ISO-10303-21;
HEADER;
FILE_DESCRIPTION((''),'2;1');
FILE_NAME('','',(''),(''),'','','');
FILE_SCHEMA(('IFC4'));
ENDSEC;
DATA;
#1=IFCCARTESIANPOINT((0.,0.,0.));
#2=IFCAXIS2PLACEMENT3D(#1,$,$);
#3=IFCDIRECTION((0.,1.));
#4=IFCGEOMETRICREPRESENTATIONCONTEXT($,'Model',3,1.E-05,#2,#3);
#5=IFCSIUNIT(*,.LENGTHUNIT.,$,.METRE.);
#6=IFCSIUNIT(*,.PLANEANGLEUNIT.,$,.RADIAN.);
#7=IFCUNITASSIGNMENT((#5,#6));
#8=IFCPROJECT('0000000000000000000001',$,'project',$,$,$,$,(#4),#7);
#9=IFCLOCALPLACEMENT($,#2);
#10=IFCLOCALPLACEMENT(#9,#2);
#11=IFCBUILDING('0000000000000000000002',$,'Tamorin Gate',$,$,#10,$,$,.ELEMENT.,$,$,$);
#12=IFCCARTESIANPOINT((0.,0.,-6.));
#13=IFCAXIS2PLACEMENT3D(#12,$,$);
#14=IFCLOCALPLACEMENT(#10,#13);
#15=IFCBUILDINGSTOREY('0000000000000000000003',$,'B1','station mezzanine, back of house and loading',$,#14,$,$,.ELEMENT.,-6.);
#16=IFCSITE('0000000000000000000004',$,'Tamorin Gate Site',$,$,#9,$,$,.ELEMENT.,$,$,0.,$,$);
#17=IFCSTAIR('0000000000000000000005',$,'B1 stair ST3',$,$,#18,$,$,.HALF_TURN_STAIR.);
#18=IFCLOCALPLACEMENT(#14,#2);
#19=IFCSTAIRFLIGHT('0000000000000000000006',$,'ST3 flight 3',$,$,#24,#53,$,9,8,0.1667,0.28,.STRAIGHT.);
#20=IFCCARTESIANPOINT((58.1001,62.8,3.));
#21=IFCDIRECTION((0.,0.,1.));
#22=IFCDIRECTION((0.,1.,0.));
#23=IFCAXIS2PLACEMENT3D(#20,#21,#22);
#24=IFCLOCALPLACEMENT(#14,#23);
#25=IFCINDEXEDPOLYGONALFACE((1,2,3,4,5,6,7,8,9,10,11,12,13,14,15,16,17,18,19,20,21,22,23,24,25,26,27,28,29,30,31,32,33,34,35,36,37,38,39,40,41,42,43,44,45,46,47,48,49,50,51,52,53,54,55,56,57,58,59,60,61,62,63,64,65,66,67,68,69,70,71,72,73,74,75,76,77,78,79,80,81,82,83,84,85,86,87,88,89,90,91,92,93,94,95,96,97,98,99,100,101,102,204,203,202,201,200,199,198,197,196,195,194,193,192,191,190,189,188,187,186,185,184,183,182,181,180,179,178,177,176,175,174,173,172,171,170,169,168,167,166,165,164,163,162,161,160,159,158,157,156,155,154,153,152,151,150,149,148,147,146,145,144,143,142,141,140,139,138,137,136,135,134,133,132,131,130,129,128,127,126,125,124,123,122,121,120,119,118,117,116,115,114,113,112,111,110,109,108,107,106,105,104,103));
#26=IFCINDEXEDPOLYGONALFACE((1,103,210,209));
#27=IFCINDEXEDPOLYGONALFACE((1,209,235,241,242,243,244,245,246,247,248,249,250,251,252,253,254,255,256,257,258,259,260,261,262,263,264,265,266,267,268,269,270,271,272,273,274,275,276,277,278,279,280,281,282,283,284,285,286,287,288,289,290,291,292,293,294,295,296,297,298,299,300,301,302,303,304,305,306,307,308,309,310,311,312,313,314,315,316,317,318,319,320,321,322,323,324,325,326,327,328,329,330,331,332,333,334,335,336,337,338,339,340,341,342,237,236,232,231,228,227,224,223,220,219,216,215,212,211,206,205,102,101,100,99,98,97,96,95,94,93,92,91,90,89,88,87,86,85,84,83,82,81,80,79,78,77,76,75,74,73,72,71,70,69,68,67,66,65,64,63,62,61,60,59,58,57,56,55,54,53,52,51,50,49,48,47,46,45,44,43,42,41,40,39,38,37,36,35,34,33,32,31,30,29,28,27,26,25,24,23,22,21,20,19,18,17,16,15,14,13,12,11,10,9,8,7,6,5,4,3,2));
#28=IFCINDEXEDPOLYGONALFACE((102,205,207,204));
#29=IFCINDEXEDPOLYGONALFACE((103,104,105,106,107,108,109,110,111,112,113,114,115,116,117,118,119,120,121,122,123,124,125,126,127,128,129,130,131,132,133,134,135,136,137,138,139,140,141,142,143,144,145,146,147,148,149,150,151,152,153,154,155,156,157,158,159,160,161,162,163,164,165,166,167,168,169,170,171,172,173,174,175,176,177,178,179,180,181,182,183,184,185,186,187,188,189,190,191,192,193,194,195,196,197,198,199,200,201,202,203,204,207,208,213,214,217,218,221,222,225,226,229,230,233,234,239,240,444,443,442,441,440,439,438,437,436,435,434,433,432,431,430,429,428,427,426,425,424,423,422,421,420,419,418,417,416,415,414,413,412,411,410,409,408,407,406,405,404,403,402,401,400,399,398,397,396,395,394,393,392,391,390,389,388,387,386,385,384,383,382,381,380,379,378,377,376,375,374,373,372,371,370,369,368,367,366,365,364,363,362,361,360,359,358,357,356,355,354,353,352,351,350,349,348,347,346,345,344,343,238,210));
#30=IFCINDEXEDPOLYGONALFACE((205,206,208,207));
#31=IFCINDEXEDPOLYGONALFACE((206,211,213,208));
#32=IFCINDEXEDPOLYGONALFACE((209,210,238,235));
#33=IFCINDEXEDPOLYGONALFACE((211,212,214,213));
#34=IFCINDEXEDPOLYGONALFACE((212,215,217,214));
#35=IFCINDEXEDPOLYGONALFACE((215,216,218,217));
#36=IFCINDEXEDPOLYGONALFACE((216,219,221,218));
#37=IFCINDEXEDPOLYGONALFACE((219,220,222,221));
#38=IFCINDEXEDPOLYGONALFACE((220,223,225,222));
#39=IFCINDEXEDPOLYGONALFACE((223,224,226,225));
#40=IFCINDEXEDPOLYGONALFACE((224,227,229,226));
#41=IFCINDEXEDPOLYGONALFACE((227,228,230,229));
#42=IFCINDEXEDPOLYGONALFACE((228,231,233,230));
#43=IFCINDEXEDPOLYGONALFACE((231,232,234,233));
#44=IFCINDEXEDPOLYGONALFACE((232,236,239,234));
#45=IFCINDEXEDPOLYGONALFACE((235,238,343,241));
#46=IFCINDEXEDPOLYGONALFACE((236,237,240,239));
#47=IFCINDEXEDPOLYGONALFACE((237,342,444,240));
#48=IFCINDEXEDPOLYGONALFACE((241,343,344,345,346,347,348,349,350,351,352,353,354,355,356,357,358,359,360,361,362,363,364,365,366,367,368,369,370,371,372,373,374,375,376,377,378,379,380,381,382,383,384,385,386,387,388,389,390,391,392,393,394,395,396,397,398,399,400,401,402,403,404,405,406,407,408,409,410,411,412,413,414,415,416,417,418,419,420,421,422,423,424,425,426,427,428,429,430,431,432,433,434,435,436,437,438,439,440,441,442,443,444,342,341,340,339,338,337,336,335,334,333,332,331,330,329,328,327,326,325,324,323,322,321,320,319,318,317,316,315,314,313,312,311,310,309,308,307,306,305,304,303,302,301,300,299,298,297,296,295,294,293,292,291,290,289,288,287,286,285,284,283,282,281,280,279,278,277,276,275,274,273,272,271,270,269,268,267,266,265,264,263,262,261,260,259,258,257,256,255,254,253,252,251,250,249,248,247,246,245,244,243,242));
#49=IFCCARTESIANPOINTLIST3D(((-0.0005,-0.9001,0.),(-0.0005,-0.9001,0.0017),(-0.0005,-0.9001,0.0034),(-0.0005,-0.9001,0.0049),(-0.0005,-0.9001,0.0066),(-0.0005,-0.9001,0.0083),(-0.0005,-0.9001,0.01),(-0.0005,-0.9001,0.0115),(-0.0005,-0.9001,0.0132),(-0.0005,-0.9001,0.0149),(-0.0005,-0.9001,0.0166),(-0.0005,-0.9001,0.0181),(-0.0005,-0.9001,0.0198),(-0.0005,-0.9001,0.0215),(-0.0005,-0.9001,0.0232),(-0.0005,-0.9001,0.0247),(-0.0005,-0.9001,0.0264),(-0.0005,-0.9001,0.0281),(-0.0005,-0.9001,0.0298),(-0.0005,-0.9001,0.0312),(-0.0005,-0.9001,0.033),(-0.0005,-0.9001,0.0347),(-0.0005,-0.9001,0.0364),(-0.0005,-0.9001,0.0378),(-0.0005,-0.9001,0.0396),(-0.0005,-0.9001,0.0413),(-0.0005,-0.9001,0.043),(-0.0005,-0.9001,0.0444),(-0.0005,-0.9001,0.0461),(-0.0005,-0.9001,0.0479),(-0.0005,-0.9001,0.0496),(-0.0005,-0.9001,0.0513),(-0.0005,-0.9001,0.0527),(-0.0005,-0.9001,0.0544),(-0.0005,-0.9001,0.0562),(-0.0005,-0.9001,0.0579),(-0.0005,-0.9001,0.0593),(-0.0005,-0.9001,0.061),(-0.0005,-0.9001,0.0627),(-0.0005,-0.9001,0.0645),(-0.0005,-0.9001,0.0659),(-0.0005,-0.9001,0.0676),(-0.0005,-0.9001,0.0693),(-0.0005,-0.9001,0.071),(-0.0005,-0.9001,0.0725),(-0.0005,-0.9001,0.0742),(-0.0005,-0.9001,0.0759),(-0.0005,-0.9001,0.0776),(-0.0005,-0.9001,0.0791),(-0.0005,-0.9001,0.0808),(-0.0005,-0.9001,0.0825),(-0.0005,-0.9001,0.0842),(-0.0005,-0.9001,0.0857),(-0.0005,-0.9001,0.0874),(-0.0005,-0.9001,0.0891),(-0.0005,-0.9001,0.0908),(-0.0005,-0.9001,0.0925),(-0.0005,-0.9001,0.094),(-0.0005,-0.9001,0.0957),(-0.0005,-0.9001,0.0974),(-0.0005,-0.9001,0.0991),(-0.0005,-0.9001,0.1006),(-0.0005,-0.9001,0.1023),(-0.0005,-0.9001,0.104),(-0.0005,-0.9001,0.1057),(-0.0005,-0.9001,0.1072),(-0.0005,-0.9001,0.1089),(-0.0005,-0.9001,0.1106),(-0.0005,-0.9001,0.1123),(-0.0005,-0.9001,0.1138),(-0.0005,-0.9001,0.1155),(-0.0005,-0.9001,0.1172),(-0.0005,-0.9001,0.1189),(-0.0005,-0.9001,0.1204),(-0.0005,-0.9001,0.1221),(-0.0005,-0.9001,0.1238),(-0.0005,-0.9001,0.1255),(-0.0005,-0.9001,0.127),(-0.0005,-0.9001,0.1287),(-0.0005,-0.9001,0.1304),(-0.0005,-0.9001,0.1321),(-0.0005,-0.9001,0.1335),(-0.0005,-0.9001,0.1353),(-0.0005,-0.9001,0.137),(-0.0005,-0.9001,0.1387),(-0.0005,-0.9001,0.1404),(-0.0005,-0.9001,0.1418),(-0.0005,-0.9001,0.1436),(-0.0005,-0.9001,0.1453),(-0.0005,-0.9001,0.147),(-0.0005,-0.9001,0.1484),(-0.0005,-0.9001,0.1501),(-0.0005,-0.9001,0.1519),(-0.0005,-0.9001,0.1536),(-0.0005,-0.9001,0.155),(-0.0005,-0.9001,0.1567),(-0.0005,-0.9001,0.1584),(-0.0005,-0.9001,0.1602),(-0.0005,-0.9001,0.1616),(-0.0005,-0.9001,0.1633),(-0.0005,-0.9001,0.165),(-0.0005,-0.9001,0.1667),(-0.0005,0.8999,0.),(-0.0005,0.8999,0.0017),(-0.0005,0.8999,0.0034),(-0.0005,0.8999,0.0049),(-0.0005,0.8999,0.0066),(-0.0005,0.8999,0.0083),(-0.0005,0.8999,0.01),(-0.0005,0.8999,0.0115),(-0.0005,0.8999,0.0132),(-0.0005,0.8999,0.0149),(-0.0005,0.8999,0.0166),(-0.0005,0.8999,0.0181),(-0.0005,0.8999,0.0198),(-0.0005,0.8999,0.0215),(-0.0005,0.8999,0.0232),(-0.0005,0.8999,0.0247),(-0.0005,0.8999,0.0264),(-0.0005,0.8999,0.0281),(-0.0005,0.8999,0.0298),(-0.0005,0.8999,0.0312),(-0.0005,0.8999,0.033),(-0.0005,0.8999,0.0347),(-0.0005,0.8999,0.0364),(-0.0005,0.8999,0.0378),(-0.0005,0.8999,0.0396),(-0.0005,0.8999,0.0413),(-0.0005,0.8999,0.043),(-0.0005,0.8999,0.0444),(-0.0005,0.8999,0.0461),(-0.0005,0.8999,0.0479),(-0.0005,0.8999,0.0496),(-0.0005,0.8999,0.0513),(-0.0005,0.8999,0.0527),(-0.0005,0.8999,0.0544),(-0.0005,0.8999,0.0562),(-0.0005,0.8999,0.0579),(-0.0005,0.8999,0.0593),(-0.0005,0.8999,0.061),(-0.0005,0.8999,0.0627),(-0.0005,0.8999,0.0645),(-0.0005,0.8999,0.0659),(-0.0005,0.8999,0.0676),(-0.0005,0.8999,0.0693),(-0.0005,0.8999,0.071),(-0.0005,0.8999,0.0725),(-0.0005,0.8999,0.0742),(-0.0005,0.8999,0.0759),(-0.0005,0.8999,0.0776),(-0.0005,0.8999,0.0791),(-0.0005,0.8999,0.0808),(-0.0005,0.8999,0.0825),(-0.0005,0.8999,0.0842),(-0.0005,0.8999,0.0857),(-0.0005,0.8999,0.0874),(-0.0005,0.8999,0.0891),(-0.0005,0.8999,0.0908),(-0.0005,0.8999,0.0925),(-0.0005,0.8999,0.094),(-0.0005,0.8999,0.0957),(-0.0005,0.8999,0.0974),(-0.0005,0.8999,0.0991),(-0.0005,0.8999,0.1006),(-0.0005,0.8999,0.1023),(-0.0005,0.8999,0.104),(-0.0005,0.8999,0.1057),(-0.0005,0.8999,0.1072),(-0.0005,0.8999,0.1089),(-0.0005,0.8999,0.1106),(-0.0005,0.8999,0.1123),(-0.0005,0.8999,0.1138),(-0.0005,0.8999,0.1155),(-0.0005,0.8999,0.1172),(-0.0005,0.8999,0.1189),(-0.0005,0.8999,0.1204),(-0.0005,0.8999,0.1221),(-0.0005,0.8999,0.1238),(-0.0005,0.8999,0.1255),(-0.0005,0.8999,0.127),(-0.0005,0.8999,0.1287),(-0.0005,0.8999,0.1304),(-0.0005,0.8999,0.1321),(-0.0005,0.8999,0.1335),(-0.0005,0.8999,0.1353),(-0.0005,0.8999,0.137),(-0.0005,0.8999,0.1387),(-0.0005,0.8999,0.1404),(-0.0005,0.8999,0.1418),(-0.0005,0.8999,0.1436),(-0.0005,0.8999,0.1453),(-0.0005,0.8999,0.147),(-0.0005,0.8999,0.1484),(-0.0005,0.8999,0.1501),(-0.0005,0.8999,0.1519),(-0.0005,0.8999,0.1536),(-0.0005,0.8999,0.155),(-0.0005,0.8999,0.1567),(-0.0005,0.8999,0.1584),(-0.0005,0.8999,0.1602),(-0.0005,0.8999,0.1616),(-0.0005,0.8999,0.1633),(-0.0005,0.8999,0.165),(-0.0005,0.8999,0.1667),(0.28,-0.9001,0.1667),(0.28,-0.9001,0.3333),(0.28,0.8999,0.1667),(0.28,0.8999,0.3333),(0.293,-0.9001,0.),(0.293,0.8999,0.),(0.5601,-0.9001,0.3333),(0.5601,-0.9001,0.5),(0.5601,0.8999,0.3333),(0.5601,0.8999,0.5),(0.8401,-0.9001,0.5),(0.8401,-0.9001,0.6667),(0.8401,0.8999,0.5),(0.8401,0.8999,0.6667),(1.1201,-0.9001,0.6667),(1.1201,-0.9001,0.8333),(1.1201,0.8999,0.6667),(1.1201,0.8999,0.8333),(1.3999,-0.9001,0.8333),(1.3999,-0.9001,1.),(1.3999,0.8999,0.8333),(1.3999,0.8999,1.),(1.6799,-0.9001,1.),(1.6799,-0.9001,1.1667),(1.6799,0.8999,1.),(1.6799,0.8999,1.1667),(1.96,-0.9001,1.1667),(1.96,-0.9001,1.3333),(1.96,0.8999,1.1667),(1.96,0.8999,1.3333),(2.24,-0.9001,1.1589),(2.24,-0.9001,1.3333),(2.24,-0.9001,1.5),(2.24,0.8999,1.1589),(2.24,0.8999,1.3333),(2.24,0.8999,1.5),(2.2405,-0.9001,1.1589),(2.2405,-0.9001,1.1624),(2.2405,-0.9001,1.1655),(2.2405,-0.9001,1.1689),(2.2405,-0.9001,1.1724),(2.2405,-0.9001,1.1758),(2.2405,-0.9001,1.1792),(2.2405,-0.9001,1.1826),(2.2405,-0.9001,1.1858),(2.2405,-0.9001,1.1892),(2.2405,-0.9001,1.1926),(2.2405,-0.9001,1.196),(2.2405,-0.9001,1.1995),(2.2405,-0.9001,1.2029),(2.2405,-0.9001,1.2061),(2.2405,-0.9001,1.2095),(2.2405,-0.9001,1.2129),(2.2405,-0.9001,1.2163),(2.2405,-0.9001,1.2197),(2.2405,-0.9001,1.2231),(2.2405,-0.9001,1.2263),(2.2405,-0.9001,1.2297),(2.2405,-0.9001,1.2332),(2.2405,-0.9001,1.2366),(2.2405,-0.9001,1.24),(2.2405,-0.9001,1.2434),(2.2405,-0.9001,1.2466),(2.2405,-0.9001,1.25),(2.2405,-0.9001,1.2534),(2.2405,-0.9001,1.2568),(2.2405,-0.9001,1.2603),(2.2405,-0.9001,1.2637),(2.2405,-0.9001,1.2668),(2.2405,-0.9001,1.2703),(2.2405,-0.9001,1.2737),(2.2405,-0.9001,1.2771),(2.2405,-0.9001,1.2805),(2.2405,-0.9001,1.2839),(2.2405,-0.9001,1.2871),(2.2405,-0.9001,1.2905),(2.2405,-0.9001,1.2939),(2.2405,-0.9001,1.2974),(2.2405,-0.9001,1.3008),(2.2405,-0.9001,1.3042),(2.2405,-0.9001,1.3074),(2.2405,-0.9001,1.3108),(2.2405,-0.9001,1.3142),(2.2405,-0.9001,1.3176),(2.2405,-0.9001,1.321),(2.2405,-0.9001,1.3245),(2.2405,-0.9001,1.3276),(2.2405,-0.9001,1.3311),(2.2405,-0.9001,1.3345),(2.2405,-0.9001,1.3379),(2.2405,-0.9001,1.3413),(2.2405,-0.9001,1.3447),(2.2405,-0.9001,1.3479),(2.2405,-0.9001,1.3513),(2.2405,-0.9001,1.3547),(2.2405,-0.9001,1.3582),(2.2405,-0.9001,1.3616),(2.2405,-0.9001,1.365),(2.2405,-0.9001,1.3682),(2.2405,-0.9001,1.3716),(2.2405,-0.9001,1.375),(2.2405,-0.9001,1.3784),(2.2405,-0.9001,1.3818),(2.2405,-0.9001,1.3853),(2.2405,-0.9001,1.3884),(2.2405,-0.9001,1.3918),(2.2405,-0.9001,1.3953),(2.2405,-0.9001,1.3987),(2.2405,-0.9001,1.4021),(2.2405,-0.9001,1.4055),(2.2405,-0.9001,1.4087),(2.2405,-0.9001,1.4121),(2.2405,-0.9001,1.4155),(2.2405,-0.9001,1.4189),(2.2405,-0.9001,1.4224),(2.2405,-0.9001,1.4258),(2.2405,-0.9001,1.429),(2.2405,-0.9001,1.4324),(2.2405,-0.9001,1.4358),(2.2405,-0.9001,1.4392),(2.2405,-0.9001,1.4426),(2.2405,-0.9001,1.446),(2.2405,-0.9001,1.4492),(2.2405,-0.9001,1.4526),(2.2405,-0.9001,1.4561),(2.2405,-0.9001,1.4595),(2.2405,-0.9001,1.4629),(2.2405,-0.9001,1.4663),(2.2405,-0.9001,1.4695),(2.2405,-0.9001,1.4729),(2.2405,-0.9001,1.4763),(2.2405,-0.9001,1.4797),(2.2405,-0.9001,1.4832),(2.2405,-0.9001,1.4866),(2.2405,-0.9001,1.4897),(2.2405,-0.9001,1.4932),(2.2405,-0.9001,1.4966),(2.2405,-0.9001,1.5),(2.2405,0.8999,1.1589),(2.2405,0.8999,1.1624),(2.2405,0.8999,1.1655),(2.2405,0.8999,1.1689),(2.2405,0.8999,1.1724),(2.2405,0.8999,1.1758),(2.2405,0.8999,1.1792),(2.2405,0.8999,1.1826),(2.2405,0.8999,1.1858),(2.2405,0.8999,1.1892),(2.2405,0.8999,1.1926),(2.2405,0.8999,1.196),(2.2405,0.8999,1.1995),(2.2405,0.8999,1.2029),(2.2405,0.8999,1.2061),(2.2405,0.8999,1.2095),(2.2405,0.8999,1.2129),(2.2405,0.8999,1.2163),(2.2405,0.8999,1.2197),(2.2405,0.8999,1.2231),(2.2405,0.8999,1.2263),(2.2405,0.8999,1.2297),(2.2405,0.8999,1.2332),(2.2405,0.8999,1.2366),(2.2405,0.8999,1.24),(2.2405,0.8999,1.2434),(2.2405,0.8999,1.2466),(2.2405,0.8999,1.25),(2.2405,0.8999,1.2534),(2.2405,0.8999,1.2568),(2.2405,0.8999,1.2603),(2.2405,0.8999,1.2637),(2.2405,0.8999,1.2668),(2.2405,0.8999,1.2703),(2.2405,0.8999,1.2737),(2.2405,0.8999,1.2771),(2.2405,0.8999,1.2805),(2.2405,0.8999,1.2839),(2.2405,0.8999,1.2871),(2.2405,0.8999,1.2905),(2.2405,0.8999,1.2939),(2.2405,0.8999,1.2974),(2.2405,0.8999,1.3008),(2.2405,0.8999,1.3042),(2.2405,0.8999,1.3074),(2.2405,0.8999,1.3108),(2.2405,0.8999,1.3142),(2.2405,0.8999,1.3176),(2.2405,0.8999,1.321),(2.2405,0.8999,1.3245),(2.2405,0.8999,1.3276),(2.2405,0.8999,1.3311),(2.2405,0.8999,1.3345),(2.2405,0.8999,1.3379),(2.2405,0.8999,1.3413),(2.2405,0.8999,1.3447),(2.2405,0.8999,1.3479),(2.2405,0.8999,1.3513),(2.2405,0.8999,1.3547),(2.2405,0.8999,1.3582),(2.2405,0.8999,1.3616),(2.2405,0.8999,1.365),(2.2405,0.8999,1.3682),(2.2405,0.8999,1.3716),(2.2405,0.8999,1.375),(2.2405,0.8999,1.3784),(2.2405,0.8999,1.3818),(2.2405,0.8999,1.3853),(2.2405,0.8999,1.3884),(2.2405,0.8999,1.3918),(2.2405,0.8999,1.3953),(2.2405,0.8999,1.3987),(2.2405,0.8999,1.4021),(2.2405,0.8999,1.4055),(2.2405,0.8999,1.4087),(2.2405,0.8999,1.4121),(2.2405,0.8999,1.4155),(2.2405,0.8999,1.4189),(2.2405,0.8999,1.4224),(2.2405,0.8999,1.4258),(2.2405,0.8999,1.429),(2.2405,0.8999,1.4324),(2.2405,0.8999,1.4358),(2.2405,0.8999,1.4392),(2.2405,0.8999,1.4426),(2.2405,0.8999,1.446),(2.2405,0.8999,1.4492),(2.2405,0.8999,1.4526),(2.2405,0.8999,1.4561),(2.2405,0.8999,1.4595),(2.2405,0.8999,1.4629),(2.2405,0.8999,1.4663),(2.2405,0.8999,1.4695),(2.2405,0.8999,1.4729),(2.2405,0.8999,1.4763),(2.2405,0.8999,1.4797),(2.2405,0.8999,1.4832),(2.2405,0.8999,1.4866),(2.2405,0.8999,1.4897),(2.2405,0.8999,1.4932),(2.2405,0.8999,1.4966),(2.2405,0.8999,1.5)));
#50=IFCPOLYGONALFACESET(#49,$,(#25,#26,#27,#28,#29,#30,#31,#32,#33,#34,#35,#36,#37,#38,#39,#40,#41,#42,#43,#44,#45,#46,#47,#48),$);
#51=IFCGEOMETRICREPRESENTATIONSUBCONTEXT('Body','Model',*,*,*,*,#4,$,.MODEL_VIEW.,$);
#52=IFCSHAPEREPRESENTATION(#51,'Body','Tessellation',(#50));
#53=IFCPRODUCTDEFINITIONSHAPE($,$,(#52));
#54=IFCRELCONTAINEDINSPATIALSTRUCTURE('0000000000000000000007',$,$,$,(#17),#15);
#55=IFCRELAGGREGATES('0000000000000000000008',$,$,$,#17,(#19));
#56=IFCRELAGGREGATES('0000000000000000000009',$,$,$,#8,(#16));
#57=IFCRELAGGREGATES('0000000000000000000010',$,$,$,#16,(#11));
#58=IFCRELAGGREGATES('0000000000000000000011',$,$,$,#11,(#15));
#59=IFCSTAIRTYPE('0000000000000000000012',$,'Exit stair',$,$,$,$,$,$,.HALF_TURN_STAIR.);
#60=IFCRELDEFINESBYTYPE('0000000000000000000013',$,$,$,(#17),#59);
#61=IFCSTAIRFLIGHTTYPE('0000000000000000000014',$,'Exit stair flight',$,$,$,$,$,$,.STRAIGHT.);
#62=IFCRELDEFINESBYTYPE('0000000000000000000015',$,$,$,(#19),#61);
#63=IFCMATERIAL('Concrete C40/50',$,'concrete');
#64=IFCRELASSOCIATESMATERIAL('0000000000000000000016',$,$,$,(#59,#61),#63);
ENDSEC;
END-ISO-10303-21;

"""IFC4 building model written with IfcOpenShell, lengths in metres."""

from ifc_helpers import new_model, si_unit, direction, frame, origin, place, context, subcontext, project, spatial, polyline, outline, extrude, material, type_object, element, aggregate, save


model = new_model("IFC4")

# Units and contexts
model_context = context("Model", 3, precision=1e-05, world=origin(), true_north=direction((0.0, 1.0)))
body_context = subcontext(model_context, "Body", "Model", "MODEL_VIEW")
ifc_project = project(units=[si_unit("LENGTHUNIT", "METRE"), si_unit("PLANEANGLEUNIT", "RADIAN")], contexts=[model_context])

# Site, building, storey
site_placement = place(None, origin())
site = spatial("IfcSite", under=ifc_project, at=site_placement, Name="Tamorin Gate Site", CompositionType="ELEMENT", RefElevation=0.0)
building_placement = place(site_placement, origin())
building = spatial("IfcBuilding", under=site, at=building_placement, Name="Tamorin Gate", CompositionType="ELEMENT")
storey_placement = place(building_placement, frame((0.0, 0.0, -6.0)))
storey = spatial("IfcBuildingStorey", under=building, at=storey_placement, Name="B1", Description="station mezzanine, back of house and loading", CompositionType="ELEMENT", Elevation=-6.0)

# Shared definitions
ifc_material_1 = material(Name="Concrete C40/50", Category="concrete")

# Stair, stair flight
stair_type = type_object("IfcStairType", Name="Exit stair", PredefinedType="HALF_TURN_STAIR", material=ifc_material_1)
stair_placement = place(storey_placement, origin())
stair = element("IfcStair", 1, at=stair_placement, inside=storey, type_object=stair_type, Name="B1 stair ST3", PredefinedType="HALF_TURN_STAIR")
stair_flight_type = type_object("IfcStairFlightType", Name="Exit stair flight", PredefinedType="STRAIGHT", material=ifc_material_1)
stair_flight_1_placement = place(storey_placement, frame((58.1001, 62.8, 3.0), z_axis=(0.0, 0.0, 1.0), x_axis=(0.0, 1.0, 0.0)))
stair_flight_1 = element("IfcStairFlight", 2, at=stair_flight_1_placement, type_object=stair_flight_type, Name="ST3 flight 3", NumberOfRisers=9, NumberOfTreads=8, PredefinedType="STRAIGHT", RiserHeight=0.1667, TreadLength=0.28, context=body_context, shape_type="SweptSolid", body=[
    extrude(outline(polyline([(-0.0005, 0.0), (-0.0005, 0.0017), (-0.0005, 0.0034), (-0.0005, 0.0049), (-0.0005, 0.0066), (-0.0005, 0.0083), (-0.0005, 0.01), (-0.0005, 0.0115), (-0.0005, 0.0132), (-0.0005, 0.0149), (-0.0005, 0.0166), (-0.0005, 0.0181), (-0.0005, 0.0198), (-0.0005, 0.0215), (-0.0005, 0.0232), (-0.0005, 0.0247), (-0.0005, 0.0264), (-0.0005, 0.0281), (-0.0005, 0.0298), (-0.0005, 0.0312), (-0.0005, 0.033), (-0.0005, 0.0347), (-0.0005, 0.0364), (-0.0005, 0.0378), (-0.0005, 0.0396), (-0.0005, 0.0413), (-0.0005, 0.043), (-0.0005, 0.0444), (-0.0005, 0.0461), (-0.0005, 0.0479), (-0.0005, 0.0496), (-0.0005, 0.0513), (-0.0005, 0.0527), (-0.0005, 0.0544), (-0.0005, 0.0562), (-0.0005, 0.0579), (-0.0005, 0.0593), (-0.0005, 0.061), (-0.0005, 0.0627), (-0.0005, 0.0645), (-0.0005, 0.0659), (-0.0005, 0.0676), (-0.0005, 0.0693), (-0.0005, 0.071), (-0.0005, 0.0725), (-0.0005, 0.0742), (-0.0005, 0.0759), (-0.0005, 0.0776), (-0.0005, 0.0791), (-0.0005, 0.0808), (-0.0005, 0.0825), (-0.0005, 0.0842), (-0.0005, 0.0857), (-0.0005, 0.0874), (-0.0005, 0.0891), (-0.0005, 0.0908), (-0.0005, 0.0925), (-0.0005, 0.094), (-0.0005, 0.0957), (-0.0005, 0.0974), (-0.0005, 0.0991), (-0.0005, 0.1006), (-0.0005, 0.1023), (-0.0005, 0.104), (-0.0005, 0.1057), (-0.0005, 0.1072), (-0.0005, 0.1089), (-0.0005, 0.1106), (-0.0005, 0.1123), (-0.0005, 0.1138), (-0.0005, 0.1155), (-0.0005, 0.1172), (-0.0005, 0.1189), (-0.0005, 0.1204), (-0.0005, 0.1221), (-0.0005, 0.1238), (-0.0005, 0.1255), (-0.0005, 0.127), (-0.0005, 0.1287), (-0.0005, 0.1304), (-0.0005, 0.1321), (-0.0005, 0.1335), (-0.0005, 0.1353), (-0.0005, 0.137), (-0.0005, 0.1387), (-0.0005, 0.1404), (-0.0005, 0.1418), (-0.0005, 0.1436), (-0.0005, 0.1453), (-0.0005, 0.147), (-0.0005, 0.1484), (-0.0005, 0.1501), (-0.0005, 0.1519), (-0.0005, 0.1536), (-0.0005, 0.155), (-0.0005, 0.1567), (-0.0005, 0.1584), (-0.0005, 0.1602), (-0.0005, 0.1616), (-0.0005, 0.1633), (-0.0005, 0.165), (-0.0005, 0.1667), (0.28, 0.1667), (0.28, 0.3333), (0.5601, 0.3333), (0.5601, 0.5), (0.8401, 0.5), (0.8401, 0.6667), (1.1201, 0.6667), (1.1201, 0.8333), (1.3999, 0.8333), (1.3999, 1.0), (1.6799, 1.0), (1.6799, 1.1667), (1.96, 1.1667), (1.96, 1.3333), (2.24, 1.3333), (2.24, 1.5), (2.2405, 1.5), (2.2405, 1.4966), (2.2405, 1.4932), (2.2405, 1.4897), (2.2405, 1.4866), (2.2405, 1.4832), (2.2405, 1.4797), (2.2405, 1.4763), (2.2405, 1.4729), (2.2405, 1.4695), (2.2405, 1.4663), (2.2405, 1.4629), (2.2405, 1.4595), (2.2405, 1.4561), (2.2405, 1.4526), (2.2405, 1.4492), (2.2405, 1.446), (2.2405, 1.4426), (2.2405, 1.4392), (2.2405, 1.4358), (2.2405, 1.4324), (2.2405, 1.429), (2.2405, 1.4258), (2.2405, 1.4224), (2.2405, 1.4189), (2.2405, 1.4155), (2.2405, 1.4121), (2.2405, 1.4087), (2.2405, 1.4055), (2.2405, 1.4021), (2.2405, 1.3987), (2.2405, 1.3953), (2.2405, 1.3918), (2.2405, 1.3884), (2.2405, 1.3853), (2.2405, 1.3818), (2.2405, 1.3784), (2.2405, 1.375), (2.2405, 1.3716), (2.2405, 1.3682), (2.2405, 1.365), (2.2405, 1.3616), (2.2405, 1.3582), (2.2405, 1.3547), (2.2405, 1.3513), (2.2405, 1.3479), (2.2405, 1.3447), (2.2405, 1.3413), (2.2405, 1.3379), (2.2405, 1.3345), (2.2405, 1.3311), (2.2405, 1.3276), (2.2405, 1.3245), (2.2405, 1.321), (2.2405, 1.3176), (2.2405, 1.3142), (2.2405, 1.3108), (2.2405, 1.3074), (2.2405, 1.3042), (2.2405, 1.3008), (2.2405, 1.2974), (2.2405, 1.2939), (2.2405, 1.2905), (2.2405, 1.2871), (2.2405, 1.2839), (2.2405, 1.2805), (2.2405, 1.2771), (2.2405, 1.2737), (2.2405, 1.2703), (2.2405, 1.2668), (2.2405, 1.2637), (2.2405, 1.2603), (2.2405, 1.2568), (2.2405, 1.2534), (2.2405, 1.25), (2.2405, 1.2466), (2.2405, 1.2434), (2.2405, 1.24), (2.2405, 1.2366), (2.2405, 1.2332), (2.2405, 1.2297), (2.2405, 1.2263), (2.2405, 1.2231), (2.2405, 1.2197), (2.2405, 1.2163), (2.2405, 1.2129), (2.2405, 1.2095), (2.2405, 1.2061), (2.2405, 1.2029), (2.2405, 1.1995), (2.2405, 1.196), (2.2405, 1.1926), (2.2405, 1.1892), (2.2405, 1.1858), (2.2405, 1.1826), (2.2405, 1.1792), (2.2405, 1.1758), (2.2405, 1.1724), (2.2405, 1.1689), (2.2405, 1.1655), (2.2405, 1.1624), (2.2405, 1.1589), (2.24, 1.1589), (0.293, 0.0), (-0.0005, 0.0)])), frame((0.0, 0.8999, 0.0), z_axis=(0.0, -1.0, 0.0), x_axis=(1.0, 0.0, 0.0)), (0.0, 0.0, 1.0), 1.8),
])
aggregate(stair, [stair_flight_1])

save(model, "model.ifc")
